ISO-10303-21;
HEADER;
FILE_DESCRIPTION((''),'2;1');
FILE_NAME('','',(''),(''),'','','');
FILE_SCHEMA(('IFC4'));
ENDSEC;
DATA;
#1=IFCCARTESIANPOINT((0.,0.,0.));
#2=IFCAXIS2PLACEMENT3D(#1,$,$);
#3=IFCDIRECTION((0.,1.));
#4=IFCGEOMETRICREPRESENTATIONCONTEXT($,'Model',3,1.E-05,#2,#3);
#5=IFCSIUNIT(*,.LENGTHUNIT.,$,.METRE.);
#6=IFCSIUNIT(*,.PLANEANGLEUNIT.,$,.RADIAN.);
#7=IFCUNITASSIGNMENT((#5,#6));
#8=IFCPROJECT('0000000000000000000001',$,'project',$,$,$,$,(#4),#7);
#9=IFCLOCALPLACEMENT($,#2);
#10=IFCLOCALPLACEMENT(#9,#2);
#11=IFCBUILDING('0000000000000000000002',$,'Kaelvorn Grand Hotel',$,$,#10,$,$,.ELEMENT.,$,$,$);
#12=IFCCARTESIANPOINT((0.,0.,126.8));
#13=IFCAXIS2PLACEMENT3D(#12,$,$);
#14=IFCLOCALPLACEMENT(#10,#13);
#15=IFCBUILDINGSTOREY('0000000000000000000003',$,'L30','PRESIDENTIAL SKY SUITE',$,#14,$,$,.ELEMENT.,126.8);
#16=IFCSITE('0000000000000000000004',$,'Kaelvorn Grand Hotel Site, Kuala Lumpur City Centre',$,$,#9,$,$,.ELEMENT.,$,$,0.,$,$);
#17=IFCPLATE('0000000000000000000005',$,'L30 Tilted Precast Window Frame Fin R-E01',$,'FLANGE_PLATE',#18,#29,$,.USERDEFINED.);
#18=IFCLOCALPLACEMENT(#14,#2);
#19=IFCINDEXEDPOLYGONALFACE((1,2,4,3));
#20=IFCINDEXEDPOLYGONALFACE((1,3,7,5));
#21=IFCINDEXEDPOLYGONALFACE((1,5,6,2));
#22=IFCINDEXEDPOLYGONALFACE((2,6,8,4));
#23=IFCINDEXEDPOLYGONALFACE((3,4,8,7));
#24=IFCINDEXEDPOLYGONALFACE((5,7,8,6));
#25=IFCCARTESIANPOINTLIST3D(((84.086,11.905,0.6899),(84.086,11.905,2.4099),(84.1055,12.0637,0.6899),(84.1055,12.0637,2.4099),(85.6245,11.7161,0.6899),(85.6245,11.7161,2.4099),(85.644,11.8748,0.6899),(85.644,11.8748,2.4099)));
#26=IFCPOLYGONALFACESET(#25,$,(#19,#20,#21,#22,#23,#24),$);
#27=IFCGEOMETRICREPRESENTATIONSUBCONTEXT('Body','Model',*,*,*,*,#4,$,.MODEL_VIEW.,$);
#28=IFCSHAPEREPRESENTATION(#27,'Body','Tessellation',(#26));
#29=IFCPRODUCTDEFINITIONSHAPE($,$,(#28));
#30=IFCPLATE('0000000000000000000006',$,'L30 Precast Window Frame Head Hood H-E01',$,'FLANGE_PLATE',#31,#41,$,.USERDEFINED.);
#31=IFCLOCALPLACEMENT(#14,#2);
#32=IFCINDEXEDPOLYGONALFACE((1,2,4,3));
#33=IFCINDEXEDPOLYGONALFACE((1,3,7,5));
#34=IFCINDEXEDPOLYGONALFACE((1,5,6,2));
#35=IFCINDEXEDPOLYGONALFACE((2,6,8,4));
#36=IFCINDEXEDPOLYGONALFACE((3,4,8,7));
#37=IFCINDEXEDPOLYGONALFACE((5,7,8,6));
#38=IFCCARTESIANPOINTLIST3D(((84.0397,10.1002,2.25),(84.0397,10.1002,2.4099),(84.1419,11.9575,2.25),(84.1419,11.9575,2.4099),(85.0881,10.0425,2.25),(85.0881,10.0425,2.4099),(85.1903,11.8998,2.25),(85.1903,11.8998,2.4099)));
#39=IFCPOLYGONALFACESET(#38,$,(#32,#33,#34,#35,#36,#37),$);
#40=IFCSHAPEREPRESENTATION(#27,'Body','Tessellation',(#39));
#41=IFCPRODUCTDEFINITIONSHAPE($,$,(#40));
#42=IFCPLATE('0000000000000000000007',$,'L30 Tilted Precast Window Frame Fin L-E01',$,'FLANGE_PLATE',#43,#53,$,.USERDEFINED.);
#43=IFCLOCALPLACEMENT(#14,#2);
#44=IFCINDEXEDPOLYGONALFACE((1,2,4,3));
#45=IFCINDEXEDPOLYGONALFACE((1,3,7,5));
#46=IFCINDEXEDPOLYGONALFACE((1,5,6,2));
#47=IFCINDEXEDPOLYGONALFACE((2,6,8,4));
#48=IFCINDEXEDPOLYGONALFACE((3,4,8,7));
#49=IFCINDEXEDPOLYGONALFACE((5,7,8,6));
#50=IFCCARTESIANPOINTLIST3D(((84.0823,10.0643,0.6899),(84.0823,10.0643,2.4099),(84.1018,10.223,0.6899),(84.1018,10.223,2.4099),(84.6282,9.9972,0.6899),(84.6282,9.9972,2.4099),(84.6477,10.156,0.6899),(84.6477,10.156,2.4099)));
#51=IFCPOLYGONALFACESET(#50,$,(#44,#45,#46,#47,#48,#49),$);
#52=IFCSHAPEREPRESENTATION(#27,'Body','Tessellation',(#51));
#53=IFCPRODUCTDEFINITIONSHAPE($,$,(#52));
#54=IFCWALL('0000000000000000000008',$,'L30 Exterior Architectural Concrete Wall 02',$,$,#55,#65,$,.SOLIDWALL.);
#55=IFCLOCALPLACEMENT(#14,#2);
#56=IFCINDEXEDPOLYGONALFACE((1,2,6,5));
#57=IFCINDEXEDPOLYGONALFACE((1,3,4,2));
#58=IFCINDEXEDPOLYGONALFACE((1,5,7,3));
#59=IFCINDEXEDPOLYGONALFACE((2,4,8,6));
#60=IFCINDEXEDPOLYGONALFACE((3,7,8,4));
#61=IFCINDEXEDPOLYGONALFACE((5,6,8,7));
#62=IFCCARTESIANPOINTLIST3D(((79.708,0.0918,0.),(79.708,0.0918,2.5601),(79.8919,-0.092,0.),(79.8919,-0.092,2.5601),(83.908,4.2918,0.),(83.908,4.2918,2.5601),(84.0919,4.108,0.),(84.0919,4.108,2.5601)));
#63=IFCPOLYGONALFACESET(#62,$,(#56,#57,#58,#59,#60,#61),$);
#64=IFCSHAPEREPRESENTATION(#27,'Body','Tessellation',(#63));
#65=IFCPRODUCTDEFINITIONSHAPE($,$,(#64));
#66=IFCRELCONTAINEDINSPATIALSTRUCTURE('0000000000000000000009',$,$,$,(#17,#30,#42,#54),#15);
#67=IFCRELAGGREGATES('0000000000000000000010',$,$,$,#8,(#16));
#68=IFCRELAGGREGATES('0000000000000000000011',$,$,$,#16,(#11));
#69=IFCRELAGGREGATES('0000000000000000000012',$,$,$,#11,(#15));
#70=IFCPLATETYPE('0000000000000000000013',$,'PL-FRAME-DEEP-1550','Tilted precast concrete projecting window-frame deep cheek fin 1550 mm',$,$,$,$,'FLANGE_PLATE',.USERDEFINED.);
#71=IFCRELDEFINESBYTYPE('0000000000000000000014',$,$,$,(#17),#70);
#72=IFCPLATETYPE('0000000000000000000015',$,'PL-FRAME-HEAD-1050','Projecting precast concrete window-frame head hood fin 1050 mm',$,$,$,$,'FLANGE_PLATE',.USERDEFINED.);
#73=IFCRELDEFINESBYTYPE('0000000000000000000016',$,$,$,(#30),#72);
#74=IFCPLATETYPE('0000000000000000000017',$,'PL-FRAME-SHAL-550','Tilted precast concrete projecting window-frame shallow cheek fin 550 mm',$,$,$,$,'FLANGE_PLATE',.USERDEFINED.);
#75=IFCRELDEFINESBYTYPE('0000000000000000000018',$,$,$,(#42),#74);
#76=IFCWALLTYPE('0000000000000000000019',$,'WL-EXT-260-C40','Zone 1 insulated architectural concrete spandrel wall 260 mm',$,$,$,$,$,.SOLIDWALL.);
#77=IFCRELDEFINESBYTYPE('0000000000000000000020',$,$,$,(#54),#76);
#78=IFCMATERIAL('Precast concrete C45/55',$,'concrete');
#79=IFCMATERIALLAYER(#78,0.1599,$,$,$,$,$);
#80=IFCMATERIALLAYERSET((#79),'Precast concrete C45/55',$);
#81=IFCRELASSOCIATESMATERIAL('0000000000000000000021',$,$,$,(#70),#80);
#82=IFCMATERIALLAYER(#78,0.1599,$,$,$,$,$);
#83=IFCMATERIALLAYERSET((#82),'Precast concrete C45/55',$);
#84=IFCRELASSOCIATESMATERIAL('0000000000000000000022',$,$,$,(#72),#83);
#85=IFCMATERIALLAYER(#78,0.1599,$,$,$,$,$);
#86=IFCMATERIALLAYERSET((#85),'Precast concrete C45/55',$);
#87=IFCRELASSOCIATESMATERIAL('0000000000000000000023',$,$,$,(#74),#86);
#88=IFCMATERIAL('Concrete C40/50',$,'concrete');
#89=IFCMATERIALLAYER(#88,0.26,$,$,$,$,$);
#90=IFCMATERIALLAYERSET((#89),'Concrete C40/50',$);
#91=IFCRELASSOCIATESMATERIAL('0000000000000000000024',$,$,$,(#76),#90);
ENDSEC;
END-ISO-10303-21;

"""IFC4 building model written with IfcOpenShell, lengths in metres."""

from ifc_helpers import new_model, si_unit, direction, frame, frame_2d, origin, origin_2d, place, context, subcontext, project, spatial, rectangle, extrude, material, layer, layer_set, type_object, element, save


model = new_model("IFC4")

# Units and contexts
model_context = context("Model", 3, precision=1e-05, world=origin(), true_north=direction((0.0, 1.0)))
body_context = subcontext(model_context, "Body", "Model", "MODEL_VIEW")
ifc_project = project(units=[si_unit("LENGTHUNIT", "METRE"), si_unit("PLANEANGLEUNIT", "RADIAN")], contexts=[model_context])

# Site, building, storey
site_placement = place(None, origin())
site = spatial("IfcSite", under=ifc_project, at=site_placement, Name="Kaelvorn Grand Hotel Site, Kuala Lumpur City Centre", CompositionType="ELEMENT", RefElevation=0.0)
building_placement = place(site_placement, origin())
building = spatial("IfcBuilding", under=site, at=building_placement, Name="Kaelvorn Grand Hotel", CompositionType="ELEMENT")
storey_placement = place(building_placement, frame((0.0, 0.0, 126.8)))
storey = spatial("IfcBuildingStorey", under=building, at=storey_placement, Name="L30", Description="PRESIDENTIAL SKY SUITE", CompositionType="ELEMENT", Elevation=126.8)

# Plates
ifc_material_1 = material(Name="Precast concrete C45/55", Category="concrete")
ifc_layer_1 = layer(ifc_material_1, 0.1599)
ifc_layer_set_1 = layer_set([ifc_layer_1], Name="Precast concrete C45/55")
plate_type_1 = type_object("IfcPlateType", Name="PL-FRAME-DEEP-1550", Description="Tilted precast concrete projecting window-frame deep cheek fin 1550 mm", ElementType="FLANGE_PLATE", PredefinedType="USERDEFINED", material=ifc_layer_set_1)
plate_1_placement = place(storey_placement, frame((84.865, 11.8899, 0.6899), z_axis=(0.0, 0.0, 1.0), x_axis=(0.121869, 0.992546, 0.0)))
element("IfcPlate", 1, at=plate_1_placement, inside=storey, type_object=plate_type_1, Name="L30 Tilted Precast Window Frame Fin R-E01", ObjectType="FLANGE_PLATE", PredefinedType="USERDEFINED", context=body_context, shape_type="SweptSolid", body=[
    extrude(rectangle(XDim=0.1599, YDim=1.55, at=origin_2d()), origin(), (0.0, 0.0, 1.0), 1.72),
])
ifc_layer_2 = layer(ifc_material_1, 0.1599)
ifc_layer_set_2 = layer_set([ifc_layer_2], Name="Precast concrete C45/55")
plate_type_2 = type_object("IfcPlateType", Name="PL-FRAME-HEAD-1050", Description="Projecting precast concrete window-frame head hood fin 1050 mm", ElementType="FLANGE_PLATE", PredefinedType="USERDEFINED", material=ifc_layer_set_2)
plate_2_placement = place(storey_placement, frame((84.615, 11.0, 2.25), z_axis=(0.0, 0.0, 1.0), x_axis=(0.05495, 0.998489, 0.0)))
element("IfcPlate", 2, at=plate_2_placement, inside=storey, type_object=plate_type_2, Name="L30 Precast Window Frame Head Hood H-E01", ObjectType="FLANGE_PLATE", PredefinedType="USERDEFINED", context=body_context, shape_type="SweptSolid", body=[
    extrude(rectangle(XDim=1.8601, YDim=1.05, at=origin_2d()), origin(), (0.0, 0.0, 1.0), 0.1599),
])
ifc_layer_3 = layer(ifc_material_1, 0.1599)
ifc_layer_set_3 = layer_set([ifc_layer_3], Name="Precast concrete C45/55")
plate_type_3 = type_object("IfcPlateType", Name="PL-FRAME-SHAL-550", Description="Tilted precast concrete projecting window-frame shallow cheek fin 550 mm", ElementType="FLANGE_PLATE", PredefinedType="USERDEFINED", material=ifc_layer_set_3)
plate_3_placement = place(storey_placement, frame((84.365, 10.1101, 0.6899), z_axis=(0.0, 0.0, 1.0), x_axis=(0.121869, 0.992546, 0.0)))
element("IfcPlate", 3, at=plate_3_placement, inside=storey, type_object=plate_type_3, Name="L30 Tilted Precast Window Frame Fin L-E01", ObjectType="FLANGE_PLATE", PredefinedType="USERDEFINED", context=body_context, shape_type="SweptSolid", body=[
    extrude(rectangle(XDim=0.1599, YDim=0.55, at=origin_2d()), origin(), (0.0, 0.0, 1.0), 1.72),
])

# Wall
ifc_material_2 = material(Name="Concrete C40/50", Category="concrete")
ifc_layer_4 = layer(ifc_material_2, 0.26)
ifc_layer_set_4 = layer_set([ifc_layer_4], Name="Concrete C40/50")
wall_type_1 = type_object("IfcWallType", Name="WL-EXT-260-C40", Description="Zone 1 insulated architectural concrete spandrel wall 260 mm", PredefinedType="SOLIDWALL", material=ifc_layer_set_4)
wall_1_placement = place(storey_placement, frame((79.8, 0.0, 0.0), z_axis=(0.0, 0.0, 1.0), x_axis=(0.707107, 0.707107, 0.0)))
element("IfcWall", 4, at=wall_1_placement, inside=storey, type_object=wall_type_1, Name="L30 Exterior Architectural Concrete Wall 02", PredefinedType="SOLIDWALL", context=body_context, shape_type="SweptSolid", body=[
    extrude(rectangle(XDim=5.9397, YDim=0.26, at=frame_2d((2.9697, 0.0))), origin(), (0.0, 0.0, 1.0), 2.5601),
])

save(model, "model.ifc")
